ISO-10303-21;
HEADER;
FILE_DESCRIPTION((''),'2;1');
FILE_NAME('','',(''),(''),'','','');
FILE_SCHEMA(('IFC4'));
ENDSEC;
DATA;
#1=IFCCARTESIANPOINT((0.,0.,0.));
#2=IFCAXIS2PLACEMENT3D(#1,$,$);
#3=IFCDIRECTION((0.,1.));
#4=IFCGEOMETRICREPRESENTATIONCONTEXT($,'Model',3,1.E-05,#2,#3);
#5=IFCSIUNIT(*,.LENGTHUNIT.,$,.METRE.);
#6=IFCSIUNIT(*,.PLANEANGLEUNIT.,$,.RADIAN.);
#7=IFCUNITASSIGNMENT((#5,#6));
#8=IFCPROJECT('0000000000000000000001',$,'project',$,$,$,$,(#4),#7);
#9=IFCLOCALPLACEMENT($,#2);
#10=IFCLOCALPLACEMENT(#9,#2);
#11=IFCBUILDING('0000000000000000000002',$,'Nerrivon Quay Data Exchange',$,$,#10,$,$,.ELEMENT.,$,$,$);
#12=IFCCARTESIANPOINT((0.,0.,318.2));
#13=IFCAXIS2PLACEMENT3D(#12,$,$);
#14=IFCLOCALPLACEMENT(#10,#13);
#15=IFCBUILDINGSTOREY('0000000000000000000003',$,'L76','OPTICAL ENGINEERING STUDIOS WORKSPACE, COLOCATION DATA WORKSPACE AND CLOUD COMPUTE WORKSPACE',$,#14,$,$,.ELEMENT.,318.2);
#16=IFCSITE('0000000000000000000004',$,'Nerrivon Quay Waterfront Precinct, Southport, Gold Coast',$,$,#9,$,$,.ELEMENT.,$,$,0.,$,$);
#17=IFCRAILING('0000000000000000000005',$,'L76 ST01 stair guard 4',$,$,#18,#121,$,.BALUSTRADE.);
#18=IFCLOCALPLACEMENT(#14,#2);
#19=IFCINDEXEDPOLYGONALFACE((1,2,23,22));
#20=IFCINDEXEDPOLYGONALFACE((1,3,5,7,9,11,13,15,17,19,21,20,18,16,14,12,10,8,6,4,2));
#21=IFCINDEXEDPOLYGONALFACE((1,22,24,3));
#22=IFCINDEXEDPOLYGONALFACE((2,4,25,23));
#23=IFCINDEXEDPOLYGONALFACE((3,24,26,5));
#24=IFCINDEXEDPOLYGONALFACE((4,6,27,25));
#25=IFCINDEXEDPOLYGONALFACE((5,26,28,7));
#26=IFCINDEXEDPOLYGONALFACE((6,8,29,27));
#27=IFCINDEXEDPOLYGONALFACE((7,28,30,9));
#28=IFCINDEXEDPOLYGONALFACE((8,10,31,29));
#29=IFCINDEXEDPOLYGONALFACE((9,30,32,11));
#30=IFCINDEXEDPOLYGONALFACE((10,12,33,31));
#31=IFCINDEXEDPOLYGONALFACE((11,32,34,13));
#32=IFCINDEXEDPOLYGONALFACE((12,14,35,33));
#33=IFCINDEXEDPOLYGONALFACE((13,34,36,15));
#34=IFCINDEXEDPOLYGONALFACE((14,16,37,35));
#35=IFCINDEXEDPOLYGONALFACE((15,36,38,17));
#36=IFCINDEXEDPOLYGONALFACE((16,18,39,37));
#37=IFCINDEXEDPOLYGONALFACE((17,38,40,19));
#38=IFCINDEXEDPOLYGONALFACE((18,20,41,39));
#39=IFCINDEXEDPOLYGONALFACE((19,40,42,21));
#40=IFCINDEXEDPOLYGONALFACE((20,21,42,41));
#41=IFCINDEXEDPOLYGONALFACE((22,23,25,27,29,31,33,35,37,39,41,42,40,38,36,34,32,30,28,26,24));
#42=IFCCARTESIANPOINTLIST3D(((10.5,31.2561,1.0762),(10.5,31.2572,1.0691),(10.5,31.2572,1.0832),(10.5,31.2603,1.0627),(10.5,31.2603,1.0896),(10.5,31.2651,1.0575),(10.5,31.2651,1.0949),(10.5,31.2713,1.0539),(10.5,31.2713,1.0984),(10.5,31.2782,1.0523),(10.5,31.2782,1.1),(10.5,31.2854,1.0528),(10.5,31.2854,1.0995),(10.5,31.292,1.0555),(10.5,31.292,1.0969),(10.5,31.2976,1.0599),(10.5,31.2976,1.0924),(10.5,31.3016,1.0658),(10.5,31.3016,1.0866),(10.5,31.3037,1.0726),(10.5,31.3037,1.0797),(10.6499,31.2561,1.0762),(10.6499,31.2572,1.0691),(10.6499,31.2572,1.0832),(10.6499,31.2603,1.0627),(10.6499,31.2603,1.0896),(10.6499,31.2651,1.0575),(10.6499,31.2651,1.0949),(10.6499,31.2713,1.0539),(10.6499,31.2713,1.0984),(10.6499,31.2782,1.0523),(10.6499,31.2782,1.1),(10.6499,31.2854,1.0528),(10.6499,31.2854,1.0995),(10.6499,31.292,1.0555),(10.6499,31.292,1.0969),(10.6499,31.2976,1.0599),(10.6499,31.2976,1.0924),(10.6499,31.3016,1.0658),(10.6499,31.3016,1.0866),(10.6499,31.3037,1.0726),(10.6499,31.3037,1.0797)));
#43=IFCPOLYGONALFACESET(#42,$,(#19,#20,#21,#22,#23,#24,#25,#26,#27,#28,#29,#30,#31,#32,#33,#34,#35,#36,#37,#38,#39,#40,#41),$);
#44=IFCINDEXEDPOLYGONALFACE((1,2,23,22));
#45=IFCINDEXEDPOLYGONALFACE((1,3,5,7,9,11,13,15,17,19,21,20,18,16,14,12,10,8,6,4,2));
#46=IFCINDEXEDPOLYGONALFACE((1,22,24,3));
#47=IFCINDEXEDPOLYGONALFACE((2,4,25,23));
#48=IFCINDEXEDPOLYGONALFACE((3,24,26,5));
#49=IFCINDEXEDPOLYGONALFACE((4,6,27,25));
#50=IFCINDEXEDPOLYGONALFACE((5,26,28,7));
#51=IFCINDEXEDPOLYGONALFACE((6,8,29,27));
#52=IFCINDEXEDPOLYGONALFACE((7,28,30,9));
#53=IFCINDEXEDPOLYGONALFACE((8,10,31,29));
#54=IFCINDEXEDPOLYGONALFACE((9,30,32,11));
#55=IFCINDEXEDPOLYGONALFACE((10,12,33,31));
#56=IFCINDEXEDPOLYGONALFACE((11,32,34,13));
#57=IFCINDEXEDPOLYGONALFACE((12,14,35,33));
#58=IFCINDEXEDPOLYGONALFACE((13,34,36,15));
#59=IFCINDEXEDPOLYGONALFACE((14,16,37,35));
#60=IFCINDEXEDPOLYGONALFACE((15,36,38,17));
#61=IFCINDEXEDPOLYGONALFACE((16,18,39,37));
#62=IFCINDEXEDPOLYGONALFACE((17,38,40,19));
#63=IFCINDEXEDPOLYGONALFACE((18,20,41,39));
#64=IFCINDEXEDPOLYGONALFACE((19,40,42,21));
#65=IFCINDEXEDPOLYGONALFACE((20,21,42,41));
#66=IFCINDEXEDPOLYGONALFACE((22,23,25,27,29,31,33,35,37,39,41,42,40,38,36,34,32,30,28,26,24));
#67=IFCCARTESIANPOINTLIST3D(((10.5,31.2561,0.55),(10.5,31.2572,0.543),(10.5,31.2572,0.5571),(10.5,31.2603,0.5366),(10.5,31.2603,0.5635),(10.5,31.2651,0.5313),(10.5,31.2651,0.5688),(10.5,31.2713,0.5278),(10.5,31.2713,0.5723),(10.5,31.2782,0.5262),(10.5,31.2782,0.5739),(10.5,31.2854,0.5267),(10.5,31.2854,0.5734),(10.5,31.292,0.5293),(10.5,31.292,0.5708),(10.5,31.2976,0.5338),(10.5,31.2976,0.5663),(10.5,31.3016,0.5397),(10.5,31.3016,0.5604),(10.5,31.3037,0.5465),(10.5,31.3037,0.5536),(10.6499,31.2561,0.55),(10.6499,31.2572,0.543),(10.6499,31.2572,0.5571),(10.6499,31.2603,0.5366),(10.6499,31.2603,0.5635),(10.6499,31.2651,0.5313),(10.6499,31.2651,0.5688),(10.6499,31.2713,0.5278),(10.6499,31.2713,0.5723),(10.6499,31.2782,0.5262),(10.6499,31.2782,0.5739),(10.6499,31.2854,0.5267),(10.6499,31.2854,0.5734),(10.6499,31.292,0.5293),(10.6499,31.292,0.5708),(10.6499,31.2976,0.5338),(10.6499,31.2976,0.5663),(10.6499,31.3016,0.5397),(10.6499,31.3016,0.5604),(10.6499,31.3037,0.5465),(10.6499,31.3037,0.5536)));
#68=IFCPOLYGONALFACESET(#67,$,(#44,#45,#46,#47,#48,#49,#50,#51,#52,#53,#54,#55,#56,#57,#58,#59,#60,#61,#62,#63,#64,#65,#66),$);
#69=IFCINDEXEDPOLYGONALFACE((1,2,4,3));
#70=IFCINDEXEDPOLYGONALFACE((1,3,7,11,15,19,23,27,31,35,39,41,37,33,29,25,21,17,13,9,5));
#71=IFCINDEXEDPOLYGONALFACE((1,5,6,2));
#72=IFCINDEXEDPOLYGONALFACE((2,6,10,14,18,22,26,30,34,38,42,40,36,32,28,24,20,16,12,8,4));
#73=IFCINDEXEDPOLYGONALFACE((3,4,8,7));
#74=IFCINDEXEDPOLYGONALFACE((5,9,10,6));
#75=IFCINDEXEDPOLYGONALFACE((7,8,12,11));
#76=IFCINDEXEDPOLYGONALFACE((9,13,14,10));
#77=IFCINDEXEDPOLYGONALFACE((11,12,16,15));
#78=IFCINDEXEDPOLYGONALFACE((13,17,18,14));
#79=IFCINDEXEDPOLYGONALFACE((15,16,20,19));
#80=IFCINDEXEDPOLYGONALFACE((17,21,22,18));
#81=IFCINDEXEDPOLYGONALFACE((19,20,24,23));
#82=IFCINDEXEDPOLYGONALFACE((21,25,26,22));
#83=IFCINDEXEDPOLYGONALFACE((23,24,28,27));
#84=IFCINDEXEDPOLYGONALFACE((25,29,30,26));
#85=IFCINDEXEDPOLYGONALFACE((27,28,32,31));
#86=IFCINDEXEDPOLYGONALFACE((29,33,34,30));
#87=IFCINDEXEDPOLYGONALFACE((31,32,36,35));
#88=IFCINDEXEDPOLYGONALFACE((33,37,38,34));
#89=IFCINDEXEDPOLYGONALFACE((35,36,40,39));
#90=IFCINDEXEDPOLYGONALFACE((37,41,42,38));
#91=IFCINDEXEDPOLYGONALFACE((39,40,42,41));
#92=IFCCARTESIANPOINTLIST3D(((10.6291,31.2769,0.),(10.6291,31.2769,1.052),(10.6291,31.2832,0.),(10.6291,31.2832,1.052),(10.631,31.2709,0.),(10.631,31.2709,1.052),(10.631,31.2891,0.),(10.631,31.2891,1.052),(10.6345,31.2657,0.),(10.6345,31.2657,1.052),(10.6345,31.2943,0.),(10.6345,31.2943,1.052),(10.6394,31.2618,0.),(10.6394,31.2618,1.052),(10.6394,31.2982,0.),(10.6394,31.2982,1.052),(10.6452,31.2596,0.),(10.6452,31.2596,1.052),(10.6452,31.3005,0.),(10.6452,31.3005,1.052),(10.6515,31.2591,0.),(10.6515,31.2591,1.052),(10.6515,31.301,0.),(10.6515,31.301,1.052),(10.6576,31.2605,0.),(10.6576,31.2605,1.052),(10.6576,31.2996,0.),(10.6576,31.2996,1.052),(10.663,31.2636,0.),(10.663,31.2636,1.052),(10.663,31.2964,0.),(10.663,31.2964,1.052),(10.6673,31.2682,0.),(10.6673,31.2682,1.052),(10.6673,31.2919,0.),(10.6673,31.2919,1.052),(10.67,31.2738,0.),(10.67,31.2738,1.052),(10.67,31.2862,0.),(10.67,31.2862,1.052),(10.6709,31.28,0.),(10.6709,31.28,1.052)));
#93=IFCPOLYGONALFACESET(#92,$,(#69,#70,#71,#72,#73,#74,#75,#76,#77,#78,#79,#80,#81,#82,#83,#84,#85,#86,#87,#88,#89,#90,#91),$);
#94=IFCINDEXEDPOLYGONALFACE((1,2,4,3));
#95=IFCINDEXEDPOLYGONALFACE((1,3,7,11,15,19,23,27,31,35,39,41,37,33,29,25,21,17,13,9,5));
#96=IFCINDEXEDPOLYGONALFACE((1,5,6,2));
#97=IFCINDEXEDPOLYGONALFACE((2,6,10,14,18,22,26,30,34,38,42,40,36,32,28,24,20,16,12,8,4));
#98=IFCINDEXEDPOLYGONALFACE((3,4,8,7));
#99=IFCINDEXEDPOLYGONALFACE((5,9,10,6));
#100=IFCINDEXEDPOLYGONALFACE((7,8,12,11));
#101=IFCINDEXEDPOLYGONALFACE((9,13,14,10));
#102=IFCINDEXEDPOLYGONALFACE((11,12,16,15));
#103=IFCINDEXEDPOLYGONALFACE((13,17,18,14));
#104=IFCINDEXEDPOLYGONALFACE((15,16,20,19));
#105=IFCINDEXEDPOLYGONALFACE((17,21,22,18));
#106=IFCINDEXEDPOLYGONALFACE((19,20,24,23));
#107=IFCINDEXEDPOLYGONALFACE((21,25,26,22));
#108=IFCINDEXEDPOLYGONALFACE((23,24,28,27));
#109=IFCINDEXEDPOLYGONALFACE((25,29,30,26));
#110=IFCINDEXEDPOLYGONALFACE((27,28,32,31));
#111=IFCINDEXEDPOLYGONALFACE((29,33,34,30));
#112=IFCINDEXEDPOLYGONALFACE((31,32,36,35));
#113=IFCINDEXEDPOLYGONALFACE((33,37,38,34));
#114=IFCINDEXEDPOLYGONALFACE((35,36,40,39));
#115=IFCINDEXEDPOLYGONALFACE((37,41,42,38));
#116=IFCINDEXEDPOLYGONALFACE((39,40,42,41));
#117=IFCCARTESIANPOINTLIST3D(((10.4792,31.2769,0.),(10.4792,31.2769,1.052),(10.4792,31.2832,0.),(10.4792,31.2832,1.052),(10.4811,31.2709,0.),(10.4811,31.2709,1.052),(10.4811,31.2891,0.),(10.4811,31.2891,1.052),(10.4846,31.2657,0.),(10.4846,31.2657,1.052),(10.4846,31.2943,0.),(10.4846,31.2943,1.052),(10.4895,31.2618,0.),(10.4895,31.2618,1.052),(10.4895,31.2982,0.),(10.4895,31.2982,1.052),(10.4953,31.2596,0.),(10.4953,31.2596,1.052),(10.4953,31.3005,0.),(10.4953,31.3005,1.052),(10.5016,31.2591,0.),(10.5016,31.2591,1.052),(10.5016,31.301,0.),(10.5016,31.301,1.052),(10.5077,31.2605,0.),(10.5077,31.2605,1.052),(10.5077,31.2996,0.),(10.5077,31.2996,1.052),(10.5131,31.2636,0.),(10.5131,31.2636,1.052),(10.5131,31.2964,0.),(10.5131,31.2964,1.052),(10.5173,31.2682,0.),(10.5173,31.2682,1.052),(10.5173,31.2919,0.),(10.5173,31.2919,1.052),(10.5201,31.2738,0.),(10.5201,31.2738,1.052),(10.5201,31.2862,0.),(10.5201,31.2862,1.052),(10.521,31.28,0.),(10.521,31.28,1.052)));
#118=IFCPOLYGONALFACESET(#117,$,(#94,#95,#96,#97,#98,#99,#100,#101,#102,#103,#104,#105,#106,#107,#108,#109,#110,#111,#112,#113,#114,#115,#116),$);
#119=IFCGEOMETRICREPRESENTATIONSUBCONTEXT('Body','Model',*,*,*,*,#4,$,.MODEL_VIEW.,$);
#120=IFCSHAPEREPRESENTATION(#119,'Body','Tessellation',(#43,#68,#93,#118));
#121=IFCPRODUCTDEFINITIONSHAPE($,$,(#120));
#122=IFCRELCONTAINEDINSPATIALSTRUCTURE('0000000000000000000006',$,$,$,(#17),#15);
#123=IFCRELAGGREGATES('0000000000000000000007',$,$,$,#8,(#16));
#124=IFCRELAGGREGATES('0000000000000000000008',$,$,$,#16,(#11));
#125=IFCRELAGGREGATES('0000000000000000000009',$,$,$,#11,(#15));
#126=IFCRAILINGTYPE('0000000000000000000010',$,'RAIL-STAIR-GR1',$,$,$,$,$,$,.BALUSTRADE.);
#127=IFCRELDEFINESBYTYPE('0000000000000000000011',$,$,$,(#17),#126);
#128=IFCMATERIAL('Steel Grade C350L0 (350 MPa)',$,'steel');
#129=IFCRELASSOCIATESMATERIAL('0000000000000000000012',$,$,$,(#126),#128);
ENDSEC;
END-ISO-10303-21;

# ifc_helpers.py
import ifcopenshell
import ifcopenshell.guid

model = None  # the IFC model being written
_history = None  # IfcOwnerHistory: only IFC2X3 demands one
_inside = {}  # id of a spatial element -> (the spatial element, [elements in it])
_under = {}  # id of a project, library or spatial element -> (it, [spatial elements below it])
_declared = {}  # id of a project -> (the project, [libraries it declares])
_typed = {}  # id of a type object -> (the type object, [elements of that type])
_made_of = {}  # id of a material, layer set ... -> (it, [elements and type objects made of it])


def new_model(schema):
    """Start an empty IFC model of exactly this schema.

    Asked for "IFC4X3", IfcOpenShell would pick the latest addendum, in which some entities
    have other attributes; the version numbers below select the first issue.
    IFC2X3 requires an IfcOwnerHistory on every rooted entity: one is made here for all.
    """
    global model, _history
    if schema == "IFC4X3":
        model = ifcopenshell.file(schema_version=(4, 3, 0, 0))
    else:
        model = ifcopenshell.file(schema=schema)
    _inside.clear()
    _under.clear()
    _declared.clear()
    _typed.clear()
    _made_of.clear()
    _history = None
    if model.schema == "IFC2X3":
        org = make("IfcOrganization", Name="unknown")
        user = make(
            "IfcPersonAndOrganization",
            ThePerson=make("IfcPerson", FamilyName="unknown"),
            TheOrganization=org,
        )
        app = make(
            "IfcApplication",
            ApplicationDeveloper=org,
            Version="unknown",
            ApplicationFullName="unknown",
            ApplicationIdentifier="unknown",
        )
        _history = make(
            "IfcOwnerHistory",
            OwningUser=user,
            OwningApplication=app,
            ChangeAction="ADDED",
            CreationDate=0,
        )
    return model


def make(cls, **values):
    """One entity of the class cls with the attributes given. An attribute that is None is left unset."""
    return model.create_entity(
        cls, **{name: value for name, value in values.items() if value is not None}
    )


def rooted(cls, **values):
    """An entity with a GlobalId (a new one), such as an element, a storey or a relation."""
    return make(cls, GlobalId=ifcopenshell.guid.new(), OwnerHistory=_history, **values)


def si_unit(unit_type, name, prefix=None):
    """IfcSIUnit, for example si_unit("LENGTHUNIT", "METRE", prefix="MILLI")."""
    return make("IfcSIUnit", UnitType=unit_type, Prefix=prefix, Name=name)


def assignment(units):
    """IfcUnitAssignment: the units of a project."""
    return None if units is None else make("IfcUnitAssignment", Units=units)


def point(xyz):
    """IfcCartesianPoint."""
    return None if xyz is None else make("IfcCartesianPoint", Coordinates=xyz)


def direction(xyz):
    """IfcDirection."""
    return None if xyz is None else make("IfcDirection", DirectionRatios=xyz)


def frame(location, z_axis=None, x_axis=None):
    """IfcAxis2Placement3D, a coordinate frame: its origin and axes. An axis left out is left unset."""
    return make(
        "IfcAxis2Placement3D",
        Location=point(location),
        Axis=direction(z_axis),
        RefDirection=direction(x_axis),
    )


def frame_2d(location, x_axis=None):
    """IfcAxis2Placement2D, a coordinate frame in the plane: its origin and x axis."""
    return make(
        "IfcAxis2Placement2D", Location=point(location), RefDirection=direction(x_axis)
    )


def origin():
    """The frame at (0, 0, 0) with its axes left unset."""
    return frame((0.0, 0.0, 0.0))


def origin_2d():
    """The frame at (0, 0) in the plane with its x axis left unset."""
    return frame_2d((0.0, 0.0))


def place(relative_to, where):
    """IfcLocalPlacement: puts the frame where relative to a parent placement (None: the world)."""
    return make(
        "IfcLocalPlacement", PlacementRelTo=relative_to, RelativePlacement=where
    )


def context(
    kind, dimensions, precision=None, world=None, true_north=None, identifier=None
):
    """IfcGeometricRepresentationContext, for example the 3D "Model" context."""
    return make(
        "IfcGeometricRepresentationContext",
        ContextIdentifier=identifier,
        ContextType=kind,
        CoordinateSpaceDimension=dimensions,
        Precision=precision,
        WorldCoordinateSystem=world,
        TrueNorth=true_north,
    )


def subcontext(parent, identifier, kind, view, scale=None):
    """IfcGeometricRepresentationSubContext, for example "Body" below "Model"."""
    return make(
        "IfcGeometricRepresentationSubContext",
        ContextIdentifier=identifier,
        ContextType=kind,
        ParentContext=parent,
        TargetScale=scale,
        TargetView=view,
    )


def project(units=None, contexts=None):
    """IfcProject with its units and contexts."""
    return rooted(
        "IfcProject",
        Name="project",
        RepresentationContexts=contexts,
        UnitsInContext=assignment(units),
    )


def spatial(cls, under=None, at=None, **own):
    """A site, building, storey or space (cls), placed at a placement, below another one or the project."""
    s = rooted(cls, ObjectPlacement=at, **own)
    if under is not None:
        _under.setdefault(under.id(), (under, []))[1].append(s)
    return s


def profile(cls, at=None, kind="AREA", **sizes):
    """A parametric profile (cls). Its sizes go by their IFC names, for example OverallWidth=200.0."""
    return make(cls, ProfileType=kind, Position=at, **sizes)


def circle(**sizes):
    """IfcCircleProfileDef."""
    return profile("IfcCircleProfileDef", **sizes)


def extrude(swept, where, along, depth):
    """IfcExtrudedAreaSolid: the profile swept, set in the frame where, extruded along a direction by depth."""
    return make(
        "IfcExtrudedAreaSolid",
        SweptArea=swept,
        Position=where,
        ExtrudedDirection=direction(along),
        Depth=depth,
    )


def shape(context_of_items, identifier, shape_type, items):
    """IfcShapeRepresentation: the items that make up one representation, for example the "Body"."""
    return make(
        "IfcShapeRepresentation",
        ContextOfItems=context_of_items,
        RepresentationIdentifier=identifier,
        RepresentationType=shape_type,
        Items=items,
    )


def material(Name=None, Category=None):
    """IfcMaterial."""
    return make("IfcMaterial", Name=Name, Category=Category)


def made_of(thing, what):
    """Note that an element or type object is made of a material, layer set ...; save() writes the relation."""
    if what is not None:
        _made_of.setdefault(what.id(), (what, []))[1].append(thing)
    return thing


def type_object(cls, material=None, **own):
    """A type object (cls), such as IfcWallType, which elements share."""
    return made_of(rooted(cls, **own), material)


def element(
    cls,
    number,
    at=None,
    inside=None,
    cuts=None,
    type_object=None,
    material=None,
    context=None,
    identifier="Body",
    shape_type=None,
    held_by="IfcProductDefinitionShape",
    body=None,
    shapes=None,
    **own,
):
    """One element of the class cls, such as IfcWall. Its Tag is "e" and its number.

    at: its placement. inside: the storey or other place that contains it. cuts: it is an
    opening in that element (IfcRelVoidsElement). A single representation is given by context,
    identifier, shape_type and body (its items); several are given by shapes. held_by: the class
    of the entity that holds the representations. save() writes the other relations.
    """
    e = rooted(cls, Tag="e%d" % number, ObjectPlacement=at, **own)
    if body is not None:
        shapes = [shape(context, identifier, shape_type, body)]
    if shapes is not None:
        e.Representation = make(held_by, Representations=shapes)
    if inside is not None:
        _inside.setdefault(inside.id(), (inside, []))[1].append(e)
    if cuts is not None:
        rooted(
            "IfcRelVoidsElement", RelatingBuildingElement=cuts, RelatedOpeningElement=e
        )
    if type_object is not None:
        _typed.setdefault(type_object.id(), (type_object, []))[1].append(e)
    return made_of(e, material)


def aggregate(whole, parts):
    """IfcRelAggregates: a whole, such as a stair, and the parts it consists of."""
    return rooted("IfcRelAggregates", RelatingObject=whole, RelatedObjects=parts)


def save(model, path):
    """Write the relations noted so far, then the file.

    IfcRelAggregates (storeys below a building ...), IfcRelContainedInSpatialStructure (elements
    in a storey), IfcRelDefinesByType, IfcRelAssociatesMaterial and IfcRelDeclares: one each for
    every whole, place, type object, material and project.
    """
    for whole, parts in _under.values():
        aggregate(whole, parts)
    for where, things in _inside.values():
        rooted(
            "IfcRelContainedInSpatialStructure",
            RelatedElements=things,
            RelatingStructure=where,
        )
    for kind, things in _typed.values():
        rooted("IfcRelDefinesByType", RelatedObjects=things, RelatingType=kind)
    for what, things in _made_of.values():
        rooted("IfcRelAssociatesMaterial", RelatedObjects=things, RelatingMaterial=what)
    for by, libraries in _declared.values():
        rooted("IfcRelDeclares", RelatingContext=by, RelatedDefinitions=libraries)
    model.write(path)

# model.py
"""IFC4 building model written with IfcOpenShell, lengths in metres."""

from ifc_helpers import new_model, si_unit, direction, frame, origin, origin_2d, place, context, subcontext, project, spatial, circle, extrude, material, type_object, element, save


model = new_model("IFC4")

# Units and contexts
model_context = context("Model", 3, precision=1e-05, world=origin(), true_north=direction((0.0, 1.0)))
body_context = subcontext(model_context, "Body", "Model", "MODEL_VIEW")
ifc_project = project(units=[si_unit("LENGTHUNIT", "METRE"), si_unit("PLANEANGLEUNIT", "RADIAN")], contexts=[model_context])

# Site, building, storey
site_placement = place(None, origin())
site = spatial("IfcSite", under=ifc_project, at=site_placement, Name="Nerrivon Quay Waterfront Precinct, Southport, Gold Coast", CompositionType="ELEMENT", RefElevation=0.0)
building_placement = place(site_placement, origin())
building = spatial("IfcBuilding", under=site, at=building_placement, Name="Nerrivon Quay Data Exchange", CompositionType="ELEMENT")
storey_placement = place(building_placement, frame((0.0, 0.0, 318.2)))
storey = spatial("IfcBuildingStorey", under=building, at=storey_placement, Name="L76", Description="OPTICAL ENGINEERING STUDIOS WORKSPACE, COLOCATION DATA WORKSPACE AND CLOUD COMPUTE WORKSPACE", CompositionType="ELEMENT", Elevation=318.2)

# Shared definitions
ifc_material_1 = material(Name="Steel Grade C350L0 (350 MPa)", Category="steel")

# Railing
railing_type_1 = type_object("IfcRailingType", Name="RAIL-STAIR-GR1", PredefinedType="BALUSTRADE", material=ifc_material_1)
railing_1_placement = place(storey_placement, frame((10.6499, 31.28, 0.0)))
element("IfcRailing", 1, at=railing_1_placement, inside=storey, type_object=railing_type_1, Name="L76 ST01 stair guard 4", PredefinedType="BALUSTRADE", context=body_context, shape_type="SweptSolid", body=[
    extrude(circle(Radius=0.0239, at=origin_2d()), frame((0.0, 0.0, 1.0762), z_axis=(-1.0, 0.0, 0.0), x_axis=(0.0, -1.0, 0.0)), (0.0, 0.0, 1.0), 0.1499),
    extrude(circle(Radius=0.0239, at=origin_2d()), frame((0.0, 0.0, 0.55), z_axis=(-1.0, 0.0, 0.0), x_axis=(0.0, -1.0, 0.0)), (0.0, 0.0, 1.0), 0.1499),
    extrude(circle(Radius=0.021, at=origin_2d()), origin(), (0.0, 0.0, 1.0), 1.052),
    extrude(circle(Radius=0.021, at=origin_2d()), frame((-0.1499, 0.0, 0.0)), (0.0, 0.0, 1.0), 1.052),
])

save(model, "model.ifc")
